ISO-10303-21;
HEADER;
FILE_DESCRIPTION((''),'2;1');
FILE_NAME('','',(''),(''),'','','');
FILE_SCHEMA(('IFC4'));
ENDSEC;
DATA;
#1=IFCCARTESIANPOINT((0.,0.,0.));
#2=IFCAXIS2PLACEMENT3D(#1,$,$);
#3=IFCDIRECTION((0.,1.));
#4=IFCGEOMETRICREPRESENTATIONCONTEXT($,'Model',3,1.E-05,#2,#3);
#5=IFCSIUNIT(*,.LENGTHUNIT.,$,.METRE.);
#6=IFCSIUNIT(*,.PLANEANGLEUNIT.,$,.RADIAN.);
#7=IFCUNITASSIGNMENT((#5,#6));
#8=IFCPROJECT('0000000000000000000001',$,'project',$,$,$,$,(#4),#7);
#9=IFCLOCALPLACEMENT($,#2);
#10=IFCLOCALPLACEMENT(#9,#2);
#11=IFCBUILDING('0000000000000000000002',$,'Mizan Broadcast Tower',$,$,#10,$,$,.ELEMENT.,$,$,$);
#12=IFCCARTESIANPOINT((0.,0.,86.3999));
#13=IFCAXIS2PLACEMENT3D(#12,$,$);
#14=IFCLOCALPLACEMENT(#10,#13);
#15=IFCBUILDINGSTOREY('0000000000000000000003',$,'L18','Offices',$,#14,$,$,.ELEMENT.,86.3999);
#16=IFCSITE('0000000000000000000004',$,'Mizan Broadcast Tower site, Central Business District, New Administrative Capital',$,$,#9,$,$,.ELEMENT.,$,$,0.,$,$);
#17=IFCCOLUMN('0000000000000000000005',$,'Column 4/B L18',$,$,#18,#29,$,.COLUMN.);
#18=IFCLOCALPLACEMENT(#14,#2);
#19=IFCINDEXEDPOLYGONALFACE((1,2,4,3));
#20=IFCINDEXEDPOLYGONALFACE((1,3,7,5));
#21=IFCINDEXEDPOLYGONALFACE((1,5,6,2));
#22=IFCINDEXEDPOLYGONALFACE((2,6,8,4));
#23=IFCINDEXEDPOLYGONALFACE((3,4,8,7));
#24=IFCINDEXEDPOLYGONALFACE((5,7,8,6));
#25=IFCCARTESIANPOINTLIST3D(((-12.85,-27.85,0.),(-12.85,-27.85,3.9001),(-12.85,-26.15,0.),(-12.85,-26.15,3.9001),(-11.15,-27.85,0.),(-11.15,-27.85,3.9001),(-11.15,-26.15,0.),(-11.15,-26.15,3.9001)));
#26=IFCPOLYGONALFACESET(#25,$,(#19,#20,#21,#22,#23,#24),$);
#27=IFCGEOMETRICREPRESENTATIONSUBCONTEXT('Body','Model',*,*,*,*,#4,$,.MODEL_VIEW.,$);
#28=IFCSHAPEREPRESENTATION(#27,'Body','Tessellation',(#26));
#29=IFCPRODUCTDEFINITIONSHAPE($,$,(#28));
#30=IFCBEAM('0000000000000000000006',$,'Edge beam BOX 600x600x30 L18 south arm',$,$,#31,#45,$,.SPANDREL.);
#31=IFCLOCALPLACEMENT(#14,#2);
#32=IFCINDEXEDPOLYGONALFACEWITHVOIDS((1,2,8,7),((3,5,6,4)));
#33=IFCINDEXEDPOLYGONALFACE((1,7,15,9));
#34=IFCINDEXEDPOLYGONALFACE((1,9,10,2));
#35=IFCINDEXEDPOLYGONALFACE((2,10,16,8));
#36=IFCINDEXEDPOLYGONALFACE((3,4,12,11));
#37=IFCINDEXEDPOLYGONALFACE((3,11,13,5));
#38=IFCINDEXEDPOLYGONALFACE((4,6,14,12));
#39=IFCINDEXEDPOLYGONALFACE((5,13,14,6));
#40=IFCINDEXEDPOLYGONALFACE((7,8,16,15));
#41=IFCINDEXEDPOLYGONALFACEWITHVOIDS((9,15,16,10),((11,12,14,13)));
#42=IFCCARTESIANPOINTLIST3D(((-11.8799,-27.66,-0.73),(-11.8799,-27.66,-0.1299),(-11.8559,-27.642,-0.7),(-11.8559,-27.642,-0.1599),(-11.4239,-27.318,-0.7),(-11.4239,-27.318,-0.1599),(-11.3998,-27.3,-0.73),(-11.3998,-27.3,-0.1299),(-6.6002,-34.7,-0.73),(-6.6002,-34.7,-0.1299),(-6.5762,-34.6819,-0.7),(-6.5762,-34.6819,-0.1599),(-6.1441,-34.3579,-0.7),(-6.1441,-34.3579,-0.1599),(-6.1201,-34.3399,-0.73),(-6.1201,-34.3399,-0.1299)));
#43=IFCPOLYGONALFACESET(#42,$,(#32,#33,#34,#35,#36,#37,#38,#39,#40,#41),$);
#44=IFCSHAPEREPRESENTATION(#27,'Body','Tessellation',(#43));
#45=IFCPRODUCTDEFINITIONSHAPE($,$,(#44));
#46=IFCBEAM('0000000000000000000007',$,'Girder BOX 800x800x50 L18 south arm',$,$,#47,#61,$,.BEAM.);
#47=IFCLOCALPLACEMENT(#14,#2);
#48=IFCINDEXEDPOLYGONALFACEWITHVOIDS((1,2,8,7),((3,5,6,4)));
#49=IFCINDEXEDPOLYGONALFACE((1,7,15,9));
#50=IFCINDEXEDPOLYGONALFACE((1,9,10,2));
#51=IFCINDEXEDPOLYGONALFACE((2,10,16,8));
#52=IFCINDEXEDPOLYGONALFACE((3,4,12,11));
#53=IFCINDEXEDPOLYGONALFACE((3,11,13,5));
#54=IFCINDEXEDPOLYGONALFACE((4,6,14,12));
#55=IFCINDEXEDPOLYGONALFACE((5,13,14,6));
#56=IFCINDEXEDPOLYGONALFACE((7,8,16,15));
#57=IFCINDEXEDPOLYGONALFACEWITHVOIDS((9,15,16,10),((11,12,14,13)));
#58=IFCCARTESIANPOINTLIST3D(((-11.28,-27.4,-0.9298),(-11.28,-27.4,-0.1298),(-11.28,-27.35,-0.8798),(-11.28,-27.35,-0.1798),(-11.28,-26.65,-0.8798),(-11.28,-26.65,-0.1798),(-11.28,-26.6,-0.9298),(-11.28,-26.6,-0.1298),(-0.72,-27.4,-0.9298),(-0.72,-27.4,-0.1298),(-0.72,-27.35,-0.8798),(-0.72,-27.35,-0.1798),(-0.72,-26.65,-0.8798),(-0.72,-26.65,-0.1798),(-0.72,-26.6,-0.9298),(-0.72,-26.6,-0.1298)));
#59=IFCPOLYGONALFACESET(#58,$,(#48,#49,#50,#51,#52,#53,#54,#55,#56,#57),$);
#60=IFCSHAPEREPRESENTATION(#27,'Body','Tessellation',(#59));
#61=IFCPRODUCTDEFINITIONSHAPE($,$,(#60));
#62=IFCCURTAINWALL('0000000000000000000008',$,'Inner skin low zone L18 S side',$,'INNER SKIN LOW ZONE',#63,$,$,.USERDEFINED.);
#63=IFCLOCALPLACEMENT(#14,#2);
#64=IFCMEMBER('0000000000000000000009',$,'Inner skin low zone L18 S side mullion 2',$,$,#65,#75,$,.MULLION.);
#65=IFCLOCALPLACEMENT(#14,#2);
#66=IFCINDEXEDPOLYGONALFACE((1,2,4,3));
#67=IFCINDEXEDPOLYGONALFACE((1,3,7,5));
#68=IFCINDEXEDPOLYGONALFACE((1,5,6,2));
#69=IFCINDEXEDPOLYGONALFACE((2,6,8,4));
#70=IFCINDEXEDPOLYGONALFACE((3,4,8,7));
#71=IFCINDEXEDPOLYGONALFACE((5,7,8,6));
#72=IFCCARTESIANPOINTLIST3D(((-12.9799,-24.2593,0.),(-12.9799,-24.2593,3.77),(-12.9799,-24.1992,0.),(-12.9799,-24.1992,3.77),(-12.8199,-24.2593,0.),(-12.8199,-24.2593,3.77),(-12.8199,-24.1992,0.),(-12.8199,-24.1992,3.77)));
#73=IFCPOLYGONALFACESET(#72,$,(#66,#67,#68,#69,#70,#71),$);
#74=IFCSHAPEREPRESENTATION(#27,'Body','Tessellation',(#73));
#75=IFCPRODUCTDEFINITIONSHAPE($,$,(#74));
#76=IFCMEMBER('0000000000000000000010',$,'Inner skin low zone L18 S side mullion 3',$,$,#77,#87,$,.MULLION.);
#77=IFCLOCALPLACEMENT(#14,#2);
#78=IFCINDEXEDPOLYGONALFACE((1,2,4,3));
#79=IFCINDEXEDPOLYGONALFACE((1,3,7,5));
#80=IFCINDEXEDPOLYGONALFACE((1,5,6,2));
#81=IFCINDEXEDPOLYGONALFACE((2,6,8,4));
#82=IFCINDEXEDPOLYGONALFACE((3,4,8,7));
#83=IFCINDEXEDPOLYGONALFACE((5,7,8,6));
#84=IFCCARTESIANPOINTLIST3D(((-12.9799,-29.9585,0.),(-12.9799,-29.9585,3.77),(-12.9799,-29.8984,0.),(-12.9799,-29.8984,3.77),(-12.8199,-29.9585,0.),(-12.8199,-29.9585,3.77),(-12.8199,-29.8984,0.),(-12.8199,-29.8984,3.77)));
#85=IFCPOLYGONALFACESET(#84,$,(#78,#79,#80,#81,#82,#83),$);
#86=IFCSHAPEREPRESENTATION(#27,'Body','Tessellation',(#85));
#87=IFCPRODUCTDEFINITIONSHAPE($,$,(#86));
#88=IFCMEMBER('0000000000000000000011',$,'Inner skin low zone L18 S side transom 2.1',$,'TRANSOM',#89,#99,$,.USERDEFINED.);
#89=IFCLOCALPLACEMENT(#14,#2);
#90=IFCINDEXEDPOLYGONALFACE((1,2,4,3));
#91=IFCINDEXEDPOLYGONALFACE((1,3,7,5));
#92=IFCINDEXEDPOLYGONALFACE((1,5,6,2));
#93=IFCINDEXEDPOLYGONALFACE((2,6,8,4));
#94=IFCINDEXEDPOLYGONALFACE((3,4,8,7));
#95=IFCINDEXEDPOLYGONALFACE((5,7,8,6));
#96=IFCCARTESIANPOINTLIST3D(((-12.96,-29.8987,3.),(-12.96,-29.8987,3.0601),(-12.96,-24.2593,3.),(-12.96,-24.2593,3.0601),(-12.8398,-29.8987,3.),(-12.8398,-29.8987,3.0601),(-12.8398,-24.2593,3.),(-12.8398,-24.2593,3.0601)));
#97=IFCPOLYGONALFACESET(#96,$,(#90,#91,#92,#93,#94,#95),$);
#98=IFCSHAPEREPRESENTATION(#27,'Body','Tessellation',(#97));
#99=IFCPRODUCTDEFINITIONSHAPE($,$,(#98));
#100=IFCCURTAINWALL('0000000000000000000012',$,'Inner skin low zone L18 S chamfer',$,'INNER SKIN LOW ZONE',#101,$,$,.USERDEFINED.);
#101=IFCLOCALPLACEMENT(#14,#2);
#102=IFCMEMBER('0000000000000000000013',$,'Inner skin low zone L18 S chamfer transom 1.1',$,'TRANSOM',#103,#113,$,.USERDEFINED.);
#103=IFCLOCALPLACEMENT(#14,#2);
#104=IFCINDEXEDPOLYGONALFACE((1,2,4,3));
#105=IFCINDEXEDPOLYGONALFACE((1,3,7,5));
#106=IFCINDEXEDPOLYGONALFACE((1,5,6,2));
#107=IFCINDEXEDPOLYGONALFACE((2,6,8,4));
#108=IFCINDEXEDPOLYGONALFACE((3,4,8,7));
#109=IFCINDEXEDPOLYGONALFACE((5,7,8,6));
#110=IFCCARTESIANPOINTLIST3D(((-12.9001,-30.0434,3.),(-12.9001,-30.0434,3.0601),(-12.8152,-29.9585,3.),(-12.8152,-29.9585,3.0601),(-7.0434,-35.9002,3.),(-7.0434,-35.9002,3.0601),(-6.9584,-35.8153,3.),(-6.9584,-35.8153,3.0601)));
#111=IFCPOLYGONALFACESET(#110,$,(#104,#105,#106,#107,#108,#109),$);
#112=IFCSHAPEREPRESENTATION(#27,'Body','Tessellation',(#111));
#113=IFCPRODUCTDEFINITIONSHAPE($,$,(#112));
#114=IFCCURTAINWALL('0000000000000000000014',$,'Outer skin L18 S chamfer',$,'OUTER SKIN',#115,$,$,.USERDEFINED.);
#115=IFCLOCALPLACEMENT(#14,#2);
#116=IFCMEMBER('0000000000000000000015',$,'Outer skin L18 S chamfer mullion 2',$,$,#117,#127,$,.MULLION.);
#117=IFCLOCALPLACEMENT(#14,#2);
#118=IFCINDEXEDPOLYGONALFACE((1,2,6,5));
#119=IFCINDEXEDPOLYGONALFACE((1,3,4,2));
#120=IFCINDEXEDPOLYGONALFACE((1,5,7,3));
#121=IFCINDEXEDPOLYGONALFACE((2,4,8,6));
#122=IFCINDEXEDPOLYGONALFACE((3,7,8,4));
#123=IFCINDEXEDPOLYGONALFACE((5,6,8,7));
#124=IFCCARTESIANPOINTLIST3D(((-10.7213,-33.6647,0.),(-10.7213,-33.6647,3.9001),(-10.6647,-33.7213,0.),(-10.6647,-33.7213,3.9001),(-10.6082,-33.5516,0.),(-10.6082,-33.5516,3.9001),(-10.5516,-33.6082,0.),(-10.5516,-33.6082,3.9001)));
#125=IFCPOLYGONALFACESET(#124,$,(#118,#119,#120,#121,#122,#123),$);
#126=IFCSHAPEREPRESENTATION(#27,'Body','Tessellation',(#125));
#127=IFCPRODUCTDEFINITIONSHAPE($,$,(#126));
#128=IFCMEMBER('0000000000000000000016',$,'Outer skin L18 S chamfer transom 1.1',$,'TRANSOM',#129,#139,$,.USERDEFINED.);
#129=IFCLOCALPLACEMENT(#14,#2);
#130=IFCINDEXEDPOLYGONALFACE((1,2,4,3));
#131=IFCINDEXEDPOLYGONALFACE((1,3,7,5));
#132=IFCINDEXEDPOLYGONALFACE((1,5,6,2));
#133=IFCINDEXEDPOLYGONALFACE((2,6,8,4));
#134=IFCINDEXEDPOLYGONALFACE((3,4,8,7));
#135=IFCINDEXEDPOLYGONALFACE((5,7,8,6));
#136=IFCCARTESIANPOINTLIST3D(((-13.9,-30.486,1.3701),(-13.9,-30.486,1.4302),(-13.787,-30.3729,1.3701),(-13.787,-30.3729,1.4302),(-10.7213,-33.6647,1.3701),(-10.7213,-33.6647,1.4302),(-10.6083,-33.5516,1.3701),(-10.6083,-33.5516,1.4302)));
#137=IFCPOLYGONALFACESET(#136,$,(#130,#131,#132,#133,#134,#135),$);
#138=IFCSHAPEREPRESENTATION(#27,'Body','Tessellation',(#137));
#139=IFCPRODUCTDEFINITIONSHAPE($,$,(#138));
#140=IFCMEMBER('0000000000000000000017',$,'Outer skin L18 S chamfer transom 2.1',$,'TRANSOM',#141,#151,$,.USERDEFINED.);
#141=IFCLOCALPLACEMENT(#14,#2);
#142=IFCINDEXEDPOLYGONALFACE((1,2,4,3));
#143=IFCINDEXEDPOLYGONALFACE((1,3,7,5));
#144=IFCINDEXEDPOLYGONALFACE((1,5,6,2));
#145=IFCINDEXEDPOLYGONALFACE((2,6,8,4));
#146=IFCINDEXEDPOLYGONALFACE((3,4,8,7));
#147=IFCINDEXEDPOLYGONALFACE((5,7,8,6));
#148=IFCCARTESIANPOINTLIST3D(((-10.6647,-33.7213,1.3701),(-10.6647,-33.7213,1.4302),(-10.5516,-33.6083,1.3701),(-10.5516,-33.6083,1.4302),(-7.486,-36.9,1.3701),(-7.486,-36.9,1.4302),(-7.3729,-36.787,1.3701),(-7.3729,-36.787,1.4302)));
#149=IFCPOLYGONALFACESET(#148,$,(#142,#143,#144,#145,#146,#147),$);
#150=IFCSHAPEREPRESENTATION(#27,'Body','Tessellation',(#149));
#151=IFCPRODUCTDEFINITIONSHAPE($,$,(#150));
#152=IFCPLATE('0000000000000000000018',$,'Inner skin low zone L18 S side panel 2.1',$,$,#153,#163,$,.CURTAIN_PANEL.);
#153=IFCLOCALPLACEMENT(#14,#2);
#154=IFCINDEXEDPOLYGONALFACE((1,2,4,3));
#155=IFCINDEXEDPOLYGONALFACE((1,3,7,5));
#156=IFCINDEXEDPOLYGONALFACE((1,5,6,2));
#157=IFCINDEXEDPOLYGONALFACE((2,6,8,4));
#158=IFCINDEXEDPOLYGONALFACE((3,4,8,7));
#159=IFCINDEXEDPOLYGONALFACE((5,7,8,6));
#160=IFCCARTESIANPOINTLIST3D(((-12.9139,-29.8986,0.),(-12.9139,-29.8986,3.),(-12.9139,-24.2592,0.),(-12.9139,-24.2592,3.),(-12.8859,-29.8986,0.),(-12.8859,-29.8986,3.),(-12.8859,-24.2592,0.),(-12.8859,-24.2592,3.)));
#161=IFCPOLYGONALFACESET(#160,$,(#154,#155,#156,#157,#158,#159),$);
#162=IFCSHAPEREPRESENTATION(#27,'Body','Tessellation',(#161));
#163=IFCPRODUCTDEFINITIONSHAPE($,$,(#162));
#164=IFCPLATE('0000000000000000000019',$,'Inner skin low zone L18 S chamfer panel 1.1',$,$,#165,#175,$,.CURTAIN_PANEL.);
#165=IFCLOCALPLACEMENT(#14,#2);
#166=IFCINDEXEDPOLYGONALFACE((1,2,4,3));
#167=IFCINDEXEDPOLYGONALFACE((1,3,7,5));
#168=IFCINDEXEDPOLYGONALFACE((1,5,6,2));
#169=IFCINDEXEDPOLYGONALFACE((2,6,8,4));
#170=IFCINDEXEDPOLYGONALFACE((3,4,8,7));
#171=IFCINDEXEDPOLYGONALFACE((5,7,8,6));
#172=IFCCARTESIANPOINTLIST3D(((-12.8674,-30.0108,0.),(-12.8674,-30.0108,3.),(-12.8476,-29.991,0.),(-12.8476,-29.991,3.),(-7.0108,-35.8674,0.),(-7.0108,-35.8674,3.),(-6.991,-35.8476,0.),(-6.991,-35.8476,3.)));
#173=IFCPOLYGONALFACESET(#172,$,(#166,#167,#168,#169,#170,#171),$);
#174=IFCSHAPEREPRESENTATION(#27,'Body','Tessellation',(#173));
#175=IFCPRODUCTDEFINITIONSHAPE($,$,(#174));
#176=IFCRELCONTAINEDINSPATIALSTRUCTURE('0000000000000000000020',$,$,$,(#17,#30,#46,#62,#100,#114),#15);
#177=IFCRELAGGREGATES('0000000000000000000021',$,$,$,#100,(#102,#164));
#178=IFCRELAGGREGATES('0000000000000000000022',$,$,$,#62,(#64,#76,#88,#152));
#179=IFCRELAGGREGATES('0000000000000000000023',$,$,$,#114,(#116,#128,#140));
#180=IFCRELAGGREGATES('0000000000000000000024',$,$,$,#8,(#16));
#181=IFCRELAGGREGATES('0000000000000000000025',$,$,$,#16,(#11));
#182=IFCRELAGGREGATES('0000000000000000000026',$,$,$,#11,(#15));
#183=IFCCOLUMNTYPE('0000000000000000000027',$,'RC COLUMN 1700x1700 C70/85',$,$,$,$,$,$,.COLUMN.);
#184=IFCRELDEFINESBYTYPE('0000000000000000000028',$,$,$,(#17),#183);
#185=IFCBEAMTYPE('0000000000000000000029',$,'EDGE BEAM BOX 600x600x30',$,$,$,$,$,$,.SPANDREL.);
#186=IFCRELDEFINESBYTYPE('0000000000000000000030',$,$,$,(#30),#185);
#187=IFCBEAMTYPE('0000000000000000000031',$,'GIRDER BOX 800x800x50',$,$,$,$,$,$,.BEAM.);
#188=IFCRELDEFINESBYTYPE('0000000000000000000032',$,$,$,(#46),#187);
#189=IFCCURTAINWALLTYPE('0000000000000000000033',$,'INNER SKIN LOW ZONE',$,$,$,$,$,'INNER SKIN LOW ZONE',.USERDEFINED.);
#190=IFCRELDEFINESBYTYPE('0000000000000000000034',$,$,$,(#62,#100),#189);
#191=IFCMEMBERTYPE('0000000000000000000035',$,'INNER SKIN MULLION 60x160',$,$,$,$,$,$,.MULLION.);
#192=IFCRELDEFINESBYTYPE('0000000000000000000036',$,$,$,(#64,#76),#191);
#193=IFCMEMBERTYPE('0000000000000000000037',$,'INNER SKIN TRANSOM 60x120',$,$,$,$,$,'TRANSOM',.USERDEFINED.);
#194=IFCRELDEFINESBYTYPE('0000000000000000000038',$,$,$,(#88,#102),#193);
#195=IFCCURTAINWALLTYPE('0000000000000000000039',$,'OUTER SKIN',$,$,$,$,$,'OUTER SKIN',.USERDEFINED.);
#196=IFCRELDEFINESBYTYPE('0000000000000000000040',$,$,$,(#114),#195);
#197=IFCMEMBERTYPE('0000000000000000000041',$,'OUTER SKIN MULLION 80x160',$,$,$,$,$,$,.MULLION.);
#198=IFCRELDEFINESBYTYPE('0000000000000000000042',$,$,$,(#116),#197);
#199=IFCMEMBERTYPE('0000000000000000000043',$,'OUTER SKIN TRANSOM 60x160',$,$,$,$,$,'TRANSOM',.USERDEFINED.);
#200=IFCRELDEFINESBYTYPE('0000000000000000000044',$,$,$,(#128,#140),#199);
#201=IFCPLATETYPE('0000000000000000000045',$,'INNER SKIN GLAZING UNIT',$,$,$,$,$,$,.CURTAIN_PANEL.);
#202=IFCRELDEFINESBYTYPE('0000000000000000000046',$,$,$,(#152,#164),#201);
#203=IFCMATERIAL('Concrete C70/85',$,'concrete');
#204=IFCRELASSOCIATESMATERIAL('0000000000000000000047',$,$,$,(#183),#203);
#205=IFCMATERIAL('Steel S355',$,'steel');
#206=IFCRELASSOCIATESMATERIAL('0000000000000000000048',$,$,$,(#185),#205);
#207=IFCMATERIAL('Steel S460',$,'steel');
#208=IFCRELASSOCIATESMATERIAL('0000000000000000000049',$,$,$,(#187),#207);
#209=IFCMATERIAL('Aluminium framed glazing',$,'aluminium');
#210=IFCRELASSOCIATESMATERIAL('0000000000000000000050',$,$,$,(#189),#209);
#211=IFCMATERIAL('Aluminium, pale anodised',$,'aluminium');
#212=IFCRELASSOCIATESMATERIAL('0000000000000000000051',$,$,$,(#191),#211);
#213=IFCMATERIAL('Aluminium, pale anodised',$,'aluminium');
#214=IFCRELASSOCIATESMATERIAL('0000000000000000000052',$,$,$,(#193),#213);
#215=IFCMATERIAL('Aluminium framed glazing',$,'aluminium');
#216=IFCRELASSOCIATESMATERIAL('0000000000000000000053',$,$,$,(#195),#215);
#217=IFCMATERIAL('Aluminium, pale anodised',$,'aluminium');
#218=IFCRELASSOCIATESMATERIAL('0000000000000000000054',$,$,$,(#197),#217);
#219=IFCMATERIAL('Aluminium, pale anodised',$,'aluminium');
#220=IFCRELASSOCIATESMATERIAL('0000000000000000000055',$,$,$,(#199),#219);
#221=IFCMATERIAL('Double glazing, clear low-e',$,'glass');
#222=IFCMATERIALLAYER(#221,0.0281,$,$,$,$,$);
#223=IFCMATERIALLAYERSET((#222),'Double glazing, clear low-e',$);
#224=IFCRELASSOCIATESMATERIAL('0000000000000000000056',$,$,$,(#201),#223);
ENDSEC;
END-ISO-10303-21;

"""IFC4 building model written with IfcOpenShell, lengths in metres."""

from ifc_helpers import new_model, si_unit, direction, frame, origin, origin_2d, place, context, subcontext, project, spatial, rectangle, hollow_rectangle, extrude, material, layer, layer_set, material_profile, profile_set, type_object, element, aggregate, save


model = new_model("IFC4")

# Units and contexts
model_context = context("Model", 3, precision=1e-05, world=origin(), true_north=direction((0.0, 1.0)))
body_context = subcontext(model_context, "Body", "Model", "MODEL_VIEW")
ifc_project = project(units=[si_unit("LENGTHUNIT", "METRE"), si_unit("PLANEANGLEUNIT", "RADIAN")], contexts=[model_context])

# Site, building, storey
site_placement = place(None, origin())
site = spatial("IfcSite", under=ifc_project, at=site_placement, Name="Mizan Broadcast Tower site, Central Business District, New Administrative Capital", CompositionType="ELEMENT", RefElevation=0.0)
building_placement = place(site_placement, origin())
building = spatial("IfcBuilding", under=site, at=building_placement, Name="Mizan Broadcast Tower", CompositionType="ELEMENT")
storey_placement = place(building_placement, frame((0.0, 0.0, 86.3999)))
storey = spatial("IfcBuildingStorey", under=building, at=storey_placement, Name="L18", Description="Offices", CompositionType="ELEMENT", Elevation=86.3999)

# Column
ifc_material_1 = material(Name="Concrete C70/85", Category="concrete")
ifc_material_profile_1 = material_profile(ifc_material_1, rectangle(XDim=1.7, YDim=1.7, at=origin_2d()), Name="RC 1700x1700")
ifc_profile_set_1 = profile_set([ifc_material_profile_1], Name="Concrete C70/85")
column_type = type_object("IfcColumnType", Name="RC COLUMN 1700x1700 C70/85", PredefinedType="COLUMN", material=ifc_profile_set_1)
column_placement = place(storey_placement, frame((-12.0, -27.0, 0.0), z_axis=(0.0, 0.0, 1.0), x_axis=(1.0, 0.0, 0.0)))
element("IfcColumn", 1, at=column_placement, inside=storey, type_object=column_type, Name="Column 4/B L18", PredefinedType="COLUMN", context=body_context, shape_type="SweptSolid", body=[
    extrude(rectangle(XDim=1.7, YDim=1.7, at=origin_2d()), origin(), (0.0, 0.0, 1.0), 3.9001),
])

# Beams
ifc_material_2 = material(Name="Steel S355", Category="steel")
ifc_material_profile_2 = material_profile(ifc_material_2, hollow_rectangle(XDim=0.6001, YDim=0.6001, WallThickness=0.03, at=origin_2d()), Name="BOX 600x600x30")
ifc_profile_set_2 = profile_set([ifc_material_profile_2], Name="Steel S355")
beam_type_1 = type_object("IfcBeamType", Name="EDGE BEAM BOX 600x600x30", PredefinedType="SPANDREL", material=ifc_profile_set_2)
beam_1_placement = place(storey_placement, frame((-11.6399, -27.48, -0.4299), z_axis=(0.599982, -0.800013, 0.0), x_axis=(0.800013, 0.599982, 0.0)))
element("IfcBeam", 2, at=beam_1_placement, inside=storey, type_object=beam_type_1, Name="Edge beam BOX 600x600x30 L18 south arm", PredefinedType="SPANDREL", context=body_context, shape_type="SweptSolid", body=[
    extrude(hollow_rectangle(XDim=0.6001, YDim=0.6001, WallThickness=0.03, at=origin_2d()), origin(), (0.0, 0.0, 1.0), 8.7998),
])
ifc_material_3 = material(Name="Steel S460", Category="steel")
ifc_material_profile_3 = material_profile(ifc_material_3, hollow_rectangle(XDim=0.8, YDim=0.8, WallThickness=0.05, at=origin_2d()), Name="BOX 800x800x50")
ifc_profile_set_3 = profile_set([ifc_material_profile_3], Name="Steel S460")
beam_type_2 = type_object("IfcBeamType", Name="GIRDER BOX 800x800x50", PredefinedType="BEAM", material=ifc_profile_set_3)
beam_2_placement = place(storey_placement, frame((-11.28, -27.0, -0.5298), z_axis=(1.0, 0.0, 0.0), x_axis=(0.0, 1.0, 0.0)))
element("IfcBeam", 3, at=beam_2_placement, inside=storey, type_object=beam_type_2, Name="Girder BOX 800x800x50 L18 south arm", PredefinedType="BEAM", context=body_context, shape_type="SweptSolid", body=[
    extrude(hollow_rectangle(XDim=0.8, YDim=0.8, WallThickness=0.05, at=origin_2d()), origin(), (0.0, 0.0, 1.0), 10.5601),
])

# Curtain wall, members
ifc_material_4 = material(Name="Aluminium framed glazing", Category="aluminium")
curtain_wall_type_1 = type_object("IfcCurtainWallType", Name="INNER SKIN LOW ZONE", ElementType="INNER SKIN LOW ZONE", PredefinedType="USERDEFINED", material=ifc_material_4)
curtain_wall_1_placement = place(storey_placement, origin())
curtain_wall_1 = element("IfcCurtainWall", 4, at=curtain_wall_1_placement, inside=storey, type_object=curtain_wall_type_1, Name="Inner skin low zone L18 S side", ObjectType="INNER SKIN LOW ZONE", PredefinedType="USERDEFINED")
ifc_material_5 = material(Name="Aluminium, pale anodised", Category="aluminium")
ifc_material_profile_4 = material_profile(ifc_material_5, rectangle(XDim=0.1599, YDim=0.0601, at=origin_2d()), Name="MULLION 160x60")
ifc_profile_set_4 = profile_set([ifc_material_profile_4], Name="Aluminium, pale anodised")
member_type_1 = type_object("IfcMemberType", Name="INNER SKIN MULLION 60x160", PredefinedType="MULLION", material=ifc_profile_set_4)
member_1_placement = place(storey_placement, frame((-12.8999, -24.2292, 0.0), z_axis=(0.0, 0.0, 1.0), x_axis=(1.0, 0.0, 0.0)))
member_1 = element("IfcMember", 5, at=member_1_placement, type_object=member_type_1, Name="Inner skin low zone L18 S side mullion 2", PredefinedType="MULLION", context=body_context, shape_type="SweptSolid", body=[
    extrude(rectangle(XDim=0.1599, YDim=0.0601, at=origin_2d()), origin(), (0.0, 0.0, 1.0), 3.77),
])
member_2_placement = place(storey_placement, frame((-12.8999, -29.9285, 0.0), z_axis=(0.0, 0.0, 1.0), x_axis=(1.0, 0.0, 0.0)))
member_2 = element("IfcMember", 6, at=member_2_placement, type_object=member_type_1, Name="Inner skin low zone L18 S side mullion 3", PredefinedType="MULLION", context=body_context, shape_type="SweptSolid", body=[
    extrude(rectangle(XDim=0.1599, YDim=0.0601, at=origin_2d()), origin(), (0.0, 0.0, 1.0), 3.77),
])
ifc_material_6 = material(Name="Aluminium, pale anodised", Category="aluminium")
ifc_material_profile_5 = material_profile(ifc_material_6, rectangle(XDim=0.1201, YDim=0.0601, at=origin_2d()), Name="TRANSOM 120x60")
ifc_profile_set_5 = profile_set([ifc_material_profile_5], Name="Aluminium, pale anodised")
member_type_2 = type_object("IfcMemberType", Name="INNER SKIN TRANSOM 60x120", ElementType="TRANSOM", PredefinedType="USERDEFINED", material=ifc_profile_set_5)
member_3_placement = place(storey_placement, frame((-12.8999, -24.2593, 3.03), z_axis=(0.0, -1.0, 0.0), x_axis=(1.0, 0.0, 0.0)))
member_3 = element("IfcMember", 7, at=member_3_placement, type_object=member_type_2, Name="Inner skin low zone L18 S side transom 2.1", ObjectType="TRANSOM", PredefinedType="USERDEFINED", context=body_context, shape_type="SweptSolid", body=[
    extrude(rectangle(XDim=0.1201, YDim=0.0601, at=origin_2d()), origin(), (0.0, 0.0, 1.0), 5.6394),
])

# Curtain wall, member
curtain_wall_2_placement = place(storey_placement, origin())
curtain_wall_2 = element("IfcCurtainWall", 8, at=curtain_wall_2_placement, inside=storey, type_object=curtain_wall_type_1, Name="Inner skin low zone L18 S chamfer", ObjectType="INNER SKIN LOW ZONE", PredefinedType="USERDEFINED")
member_4_placement = place(storey_placement, frame((-12.8577, -30.001, 3.03), z_axis=(0.707107, -0.707107, 0.0), x_axis=(0.707107, 0.707107, 0.0)))
member_4 = element("IfcMember", 9, at=member_4_placement, type_object=member_type_2, Name="Inner skin low zone L18 S chamfer transom 1.1", ObjectType="TRANSOM", PredefinedType="USERDEFINED", context=body_context, shape_type="SweptSolid", body=[
    extrude(rectangle(XDim=0.1201, YDim=0.0601, at=origin_2d()), origin(), (0.0, 0.0, 1.0), 8.2827),
])

# Curtain wall, members
ifc_material_7 = material(Name="Aluminium framed glazing", Category="aluminium")
curtain_wall_type_2 = type_object("IfcCurtainWallType", Name="OUTER SKIN", ElementType="OUTER SKIN", PredefinedType="USERDEFINED", material=ifc_material_7)
curtain_wall_3_placement = place(storey_placement, origin())
curtain_wall_3 = element("IfcCurtainWall", 10, at=curtain_wall_3_placement, inside=storey, type_object=curtain_wall_type_2, Name="Outer skin L18 S chamfer", ObjectType="OUTER SKIN", PredefinedType="USERDEFINED")
ifc_material_8 = material(Name="Aluminium, pale anodised", Category="aluminium")
ifc_material_profile_6 = material_profile(ifc_material_8, rectangle(XDim=0.1599, YDim=0.0801, at=origin_2d()), Name="MULLION 160x80")
ifc_profile_set_6 = profile_set([ifc_material_profile_6], Name="Aluminium, pale anodised")
member_type_3 = type_object("IfcMemberType", Name="OUTER SKIN MULLION 80x160", PredefinedType="MULLION", material=ifc_profile_set_6)
member_5_placement = place(storey_placement, frame((-10.6365, -33.6365, 0.0), z_axis=(0.0, 0.0, 1.0), x_axis=(0.707107, 0.707107, 0.0)))
member_5 = element("IfcMember", 11, at=member_5_placement, type_object=member_type_3, Name="Outer skin L18 S chamfer mullion 2", PredefinedType="MULLION", context=body_context, shape_type="SweptSolid", body=[
    extrude(rectangle(XDim=0.1599, YDim=0.0801, at=origin_2d()), origin(), (0.0, 0.0, 1.0), 3.9001),
])
ifc_material_9 = material(Name="Aluminium, pale anodised", Category="aluminium")
ifc_material_profile_7 = material_profile(ifc_material_9, rectangle(XDim=0.1599, YDim=0.0601, at=origin_2d()), Name="TRANSOM 160x60")
ifc_profile_set_7 = profile_set([ifc_material_profile_7], Name="Aluminium, pale anodised")
member_type_4 = type_object("IfcMemberType", Name="OUTER SKIN TRANSOM 60x160", ElementType="TRANSOM", PredefinedType="USERDEFINED", material=ifc_profile_set_7)
member_6_placement = place(storey_placement, frame((-13.8435, -30.4294, 1.4001), z_axis=(0.707107, -0.707107, 0.0), x_axis=(0.707107, 0.707107, 0.0)))
member_6 = element("IfcMember", 12, at=member_6_placement, type_object=member_type_4, Name="Outer skin L18 S chamfer transom 1.1", ObjectType="TRANSOM", PredefinedType="USERDEFINED", context=body_context, shape_type="SweptSolid", body=[
    extrude(rectangle(XDim=0.1599, YDim=0.0601, at=origin_2d()), origin(), (0.0, 0.0, 1.0), 4.4954),
])
member_7_placement = place(storey_placement, frame((-10.6082, -33.6648, 1.4001), z_axis=(0.707107, -0.707107, 0.0), x_axis=(0.707107, 0.707107, 0.0)))
member_7 = element("IfcMember", 13, at=member_7_placement, type_object=member_type_4, Name="Outer skin L18 S chamfer transom 2.1", ObjectType="TRANSOM", PredefinedType="USERDEFINED", context=body_context, shape_type="SweptSolid", body=[
    extrude(rectangle(XDim=0.1599, YDim=0.0601, at=origin_2d()), origin(), (0.0, 0.0, 1.0), 4.4954),
])

# Plates
ifc_material_10 = material(Name="Double glazing, clear low-e", Category="glass")
ifc_layer_1 = layer(ifc_material_10, 0.0281)
ifc_layer_set_1 = layer_set([ifc_layer_1], Name="Double glazing, clear low-e")
plate_type_1 = type_object("IfcPlateType", Name="INNER SKIN GLAZING UNIT", PredefinedType="CURTAIN_PANEL", material=ifc_layer_set_1)
plate_1_placement = place(storey_placement, frame((-12.8999, -27.0789, 0.0), z_axis=(0.0, 0.0, 1.0), x_axis=(0.0, -1.0, 0.0)))
plate_1 = element("IfcPlate", 14, at=plate_1_placement, type_object=plate_type_1, Name="Inner skin low zone L18 S side panel 2.1", PredefinedType="CURTAIN_PANEL", context=body_context, shape_type="SweptSolid", body=[
    extrude(rectangle(XDim=5.6394, YDim=0.0281, at=origin_2d()), origin(), (0.0, 0.0, 1.0), 3.0),
])
plate_2_placement = place(storey_placement, frame((-9.9292, -32.9292, 0.0), z_axis=(0.0, 0.0, 1.0), x_axis=(0.707107, -0.707107, 0.0)))
plate_2 = element("IfcPlate", 15, at=plate_2_placement, type_object=plate_type_1, Name="Inner skin low zone L18 S chamfer panel 1.1", PredefinedType="CURTAIN_PANEL", context=body_context, shape_type="SweptSolid", body=[
    extrude(rectangle(XDim=8.2825, YDim=0.0281, at=origin_2d()), origin(), (0.0, 0.0, 1.0), 3.0),
])
aggregate(curtain_wall_2, [member_4, plate_2])
aggregate(curtain_wall_1, [member_1, member_2, member_3, plate_1])
aggregate(curtain_wall_3, [member_5, member_6, member_7])

save(model, "model.ifc")
